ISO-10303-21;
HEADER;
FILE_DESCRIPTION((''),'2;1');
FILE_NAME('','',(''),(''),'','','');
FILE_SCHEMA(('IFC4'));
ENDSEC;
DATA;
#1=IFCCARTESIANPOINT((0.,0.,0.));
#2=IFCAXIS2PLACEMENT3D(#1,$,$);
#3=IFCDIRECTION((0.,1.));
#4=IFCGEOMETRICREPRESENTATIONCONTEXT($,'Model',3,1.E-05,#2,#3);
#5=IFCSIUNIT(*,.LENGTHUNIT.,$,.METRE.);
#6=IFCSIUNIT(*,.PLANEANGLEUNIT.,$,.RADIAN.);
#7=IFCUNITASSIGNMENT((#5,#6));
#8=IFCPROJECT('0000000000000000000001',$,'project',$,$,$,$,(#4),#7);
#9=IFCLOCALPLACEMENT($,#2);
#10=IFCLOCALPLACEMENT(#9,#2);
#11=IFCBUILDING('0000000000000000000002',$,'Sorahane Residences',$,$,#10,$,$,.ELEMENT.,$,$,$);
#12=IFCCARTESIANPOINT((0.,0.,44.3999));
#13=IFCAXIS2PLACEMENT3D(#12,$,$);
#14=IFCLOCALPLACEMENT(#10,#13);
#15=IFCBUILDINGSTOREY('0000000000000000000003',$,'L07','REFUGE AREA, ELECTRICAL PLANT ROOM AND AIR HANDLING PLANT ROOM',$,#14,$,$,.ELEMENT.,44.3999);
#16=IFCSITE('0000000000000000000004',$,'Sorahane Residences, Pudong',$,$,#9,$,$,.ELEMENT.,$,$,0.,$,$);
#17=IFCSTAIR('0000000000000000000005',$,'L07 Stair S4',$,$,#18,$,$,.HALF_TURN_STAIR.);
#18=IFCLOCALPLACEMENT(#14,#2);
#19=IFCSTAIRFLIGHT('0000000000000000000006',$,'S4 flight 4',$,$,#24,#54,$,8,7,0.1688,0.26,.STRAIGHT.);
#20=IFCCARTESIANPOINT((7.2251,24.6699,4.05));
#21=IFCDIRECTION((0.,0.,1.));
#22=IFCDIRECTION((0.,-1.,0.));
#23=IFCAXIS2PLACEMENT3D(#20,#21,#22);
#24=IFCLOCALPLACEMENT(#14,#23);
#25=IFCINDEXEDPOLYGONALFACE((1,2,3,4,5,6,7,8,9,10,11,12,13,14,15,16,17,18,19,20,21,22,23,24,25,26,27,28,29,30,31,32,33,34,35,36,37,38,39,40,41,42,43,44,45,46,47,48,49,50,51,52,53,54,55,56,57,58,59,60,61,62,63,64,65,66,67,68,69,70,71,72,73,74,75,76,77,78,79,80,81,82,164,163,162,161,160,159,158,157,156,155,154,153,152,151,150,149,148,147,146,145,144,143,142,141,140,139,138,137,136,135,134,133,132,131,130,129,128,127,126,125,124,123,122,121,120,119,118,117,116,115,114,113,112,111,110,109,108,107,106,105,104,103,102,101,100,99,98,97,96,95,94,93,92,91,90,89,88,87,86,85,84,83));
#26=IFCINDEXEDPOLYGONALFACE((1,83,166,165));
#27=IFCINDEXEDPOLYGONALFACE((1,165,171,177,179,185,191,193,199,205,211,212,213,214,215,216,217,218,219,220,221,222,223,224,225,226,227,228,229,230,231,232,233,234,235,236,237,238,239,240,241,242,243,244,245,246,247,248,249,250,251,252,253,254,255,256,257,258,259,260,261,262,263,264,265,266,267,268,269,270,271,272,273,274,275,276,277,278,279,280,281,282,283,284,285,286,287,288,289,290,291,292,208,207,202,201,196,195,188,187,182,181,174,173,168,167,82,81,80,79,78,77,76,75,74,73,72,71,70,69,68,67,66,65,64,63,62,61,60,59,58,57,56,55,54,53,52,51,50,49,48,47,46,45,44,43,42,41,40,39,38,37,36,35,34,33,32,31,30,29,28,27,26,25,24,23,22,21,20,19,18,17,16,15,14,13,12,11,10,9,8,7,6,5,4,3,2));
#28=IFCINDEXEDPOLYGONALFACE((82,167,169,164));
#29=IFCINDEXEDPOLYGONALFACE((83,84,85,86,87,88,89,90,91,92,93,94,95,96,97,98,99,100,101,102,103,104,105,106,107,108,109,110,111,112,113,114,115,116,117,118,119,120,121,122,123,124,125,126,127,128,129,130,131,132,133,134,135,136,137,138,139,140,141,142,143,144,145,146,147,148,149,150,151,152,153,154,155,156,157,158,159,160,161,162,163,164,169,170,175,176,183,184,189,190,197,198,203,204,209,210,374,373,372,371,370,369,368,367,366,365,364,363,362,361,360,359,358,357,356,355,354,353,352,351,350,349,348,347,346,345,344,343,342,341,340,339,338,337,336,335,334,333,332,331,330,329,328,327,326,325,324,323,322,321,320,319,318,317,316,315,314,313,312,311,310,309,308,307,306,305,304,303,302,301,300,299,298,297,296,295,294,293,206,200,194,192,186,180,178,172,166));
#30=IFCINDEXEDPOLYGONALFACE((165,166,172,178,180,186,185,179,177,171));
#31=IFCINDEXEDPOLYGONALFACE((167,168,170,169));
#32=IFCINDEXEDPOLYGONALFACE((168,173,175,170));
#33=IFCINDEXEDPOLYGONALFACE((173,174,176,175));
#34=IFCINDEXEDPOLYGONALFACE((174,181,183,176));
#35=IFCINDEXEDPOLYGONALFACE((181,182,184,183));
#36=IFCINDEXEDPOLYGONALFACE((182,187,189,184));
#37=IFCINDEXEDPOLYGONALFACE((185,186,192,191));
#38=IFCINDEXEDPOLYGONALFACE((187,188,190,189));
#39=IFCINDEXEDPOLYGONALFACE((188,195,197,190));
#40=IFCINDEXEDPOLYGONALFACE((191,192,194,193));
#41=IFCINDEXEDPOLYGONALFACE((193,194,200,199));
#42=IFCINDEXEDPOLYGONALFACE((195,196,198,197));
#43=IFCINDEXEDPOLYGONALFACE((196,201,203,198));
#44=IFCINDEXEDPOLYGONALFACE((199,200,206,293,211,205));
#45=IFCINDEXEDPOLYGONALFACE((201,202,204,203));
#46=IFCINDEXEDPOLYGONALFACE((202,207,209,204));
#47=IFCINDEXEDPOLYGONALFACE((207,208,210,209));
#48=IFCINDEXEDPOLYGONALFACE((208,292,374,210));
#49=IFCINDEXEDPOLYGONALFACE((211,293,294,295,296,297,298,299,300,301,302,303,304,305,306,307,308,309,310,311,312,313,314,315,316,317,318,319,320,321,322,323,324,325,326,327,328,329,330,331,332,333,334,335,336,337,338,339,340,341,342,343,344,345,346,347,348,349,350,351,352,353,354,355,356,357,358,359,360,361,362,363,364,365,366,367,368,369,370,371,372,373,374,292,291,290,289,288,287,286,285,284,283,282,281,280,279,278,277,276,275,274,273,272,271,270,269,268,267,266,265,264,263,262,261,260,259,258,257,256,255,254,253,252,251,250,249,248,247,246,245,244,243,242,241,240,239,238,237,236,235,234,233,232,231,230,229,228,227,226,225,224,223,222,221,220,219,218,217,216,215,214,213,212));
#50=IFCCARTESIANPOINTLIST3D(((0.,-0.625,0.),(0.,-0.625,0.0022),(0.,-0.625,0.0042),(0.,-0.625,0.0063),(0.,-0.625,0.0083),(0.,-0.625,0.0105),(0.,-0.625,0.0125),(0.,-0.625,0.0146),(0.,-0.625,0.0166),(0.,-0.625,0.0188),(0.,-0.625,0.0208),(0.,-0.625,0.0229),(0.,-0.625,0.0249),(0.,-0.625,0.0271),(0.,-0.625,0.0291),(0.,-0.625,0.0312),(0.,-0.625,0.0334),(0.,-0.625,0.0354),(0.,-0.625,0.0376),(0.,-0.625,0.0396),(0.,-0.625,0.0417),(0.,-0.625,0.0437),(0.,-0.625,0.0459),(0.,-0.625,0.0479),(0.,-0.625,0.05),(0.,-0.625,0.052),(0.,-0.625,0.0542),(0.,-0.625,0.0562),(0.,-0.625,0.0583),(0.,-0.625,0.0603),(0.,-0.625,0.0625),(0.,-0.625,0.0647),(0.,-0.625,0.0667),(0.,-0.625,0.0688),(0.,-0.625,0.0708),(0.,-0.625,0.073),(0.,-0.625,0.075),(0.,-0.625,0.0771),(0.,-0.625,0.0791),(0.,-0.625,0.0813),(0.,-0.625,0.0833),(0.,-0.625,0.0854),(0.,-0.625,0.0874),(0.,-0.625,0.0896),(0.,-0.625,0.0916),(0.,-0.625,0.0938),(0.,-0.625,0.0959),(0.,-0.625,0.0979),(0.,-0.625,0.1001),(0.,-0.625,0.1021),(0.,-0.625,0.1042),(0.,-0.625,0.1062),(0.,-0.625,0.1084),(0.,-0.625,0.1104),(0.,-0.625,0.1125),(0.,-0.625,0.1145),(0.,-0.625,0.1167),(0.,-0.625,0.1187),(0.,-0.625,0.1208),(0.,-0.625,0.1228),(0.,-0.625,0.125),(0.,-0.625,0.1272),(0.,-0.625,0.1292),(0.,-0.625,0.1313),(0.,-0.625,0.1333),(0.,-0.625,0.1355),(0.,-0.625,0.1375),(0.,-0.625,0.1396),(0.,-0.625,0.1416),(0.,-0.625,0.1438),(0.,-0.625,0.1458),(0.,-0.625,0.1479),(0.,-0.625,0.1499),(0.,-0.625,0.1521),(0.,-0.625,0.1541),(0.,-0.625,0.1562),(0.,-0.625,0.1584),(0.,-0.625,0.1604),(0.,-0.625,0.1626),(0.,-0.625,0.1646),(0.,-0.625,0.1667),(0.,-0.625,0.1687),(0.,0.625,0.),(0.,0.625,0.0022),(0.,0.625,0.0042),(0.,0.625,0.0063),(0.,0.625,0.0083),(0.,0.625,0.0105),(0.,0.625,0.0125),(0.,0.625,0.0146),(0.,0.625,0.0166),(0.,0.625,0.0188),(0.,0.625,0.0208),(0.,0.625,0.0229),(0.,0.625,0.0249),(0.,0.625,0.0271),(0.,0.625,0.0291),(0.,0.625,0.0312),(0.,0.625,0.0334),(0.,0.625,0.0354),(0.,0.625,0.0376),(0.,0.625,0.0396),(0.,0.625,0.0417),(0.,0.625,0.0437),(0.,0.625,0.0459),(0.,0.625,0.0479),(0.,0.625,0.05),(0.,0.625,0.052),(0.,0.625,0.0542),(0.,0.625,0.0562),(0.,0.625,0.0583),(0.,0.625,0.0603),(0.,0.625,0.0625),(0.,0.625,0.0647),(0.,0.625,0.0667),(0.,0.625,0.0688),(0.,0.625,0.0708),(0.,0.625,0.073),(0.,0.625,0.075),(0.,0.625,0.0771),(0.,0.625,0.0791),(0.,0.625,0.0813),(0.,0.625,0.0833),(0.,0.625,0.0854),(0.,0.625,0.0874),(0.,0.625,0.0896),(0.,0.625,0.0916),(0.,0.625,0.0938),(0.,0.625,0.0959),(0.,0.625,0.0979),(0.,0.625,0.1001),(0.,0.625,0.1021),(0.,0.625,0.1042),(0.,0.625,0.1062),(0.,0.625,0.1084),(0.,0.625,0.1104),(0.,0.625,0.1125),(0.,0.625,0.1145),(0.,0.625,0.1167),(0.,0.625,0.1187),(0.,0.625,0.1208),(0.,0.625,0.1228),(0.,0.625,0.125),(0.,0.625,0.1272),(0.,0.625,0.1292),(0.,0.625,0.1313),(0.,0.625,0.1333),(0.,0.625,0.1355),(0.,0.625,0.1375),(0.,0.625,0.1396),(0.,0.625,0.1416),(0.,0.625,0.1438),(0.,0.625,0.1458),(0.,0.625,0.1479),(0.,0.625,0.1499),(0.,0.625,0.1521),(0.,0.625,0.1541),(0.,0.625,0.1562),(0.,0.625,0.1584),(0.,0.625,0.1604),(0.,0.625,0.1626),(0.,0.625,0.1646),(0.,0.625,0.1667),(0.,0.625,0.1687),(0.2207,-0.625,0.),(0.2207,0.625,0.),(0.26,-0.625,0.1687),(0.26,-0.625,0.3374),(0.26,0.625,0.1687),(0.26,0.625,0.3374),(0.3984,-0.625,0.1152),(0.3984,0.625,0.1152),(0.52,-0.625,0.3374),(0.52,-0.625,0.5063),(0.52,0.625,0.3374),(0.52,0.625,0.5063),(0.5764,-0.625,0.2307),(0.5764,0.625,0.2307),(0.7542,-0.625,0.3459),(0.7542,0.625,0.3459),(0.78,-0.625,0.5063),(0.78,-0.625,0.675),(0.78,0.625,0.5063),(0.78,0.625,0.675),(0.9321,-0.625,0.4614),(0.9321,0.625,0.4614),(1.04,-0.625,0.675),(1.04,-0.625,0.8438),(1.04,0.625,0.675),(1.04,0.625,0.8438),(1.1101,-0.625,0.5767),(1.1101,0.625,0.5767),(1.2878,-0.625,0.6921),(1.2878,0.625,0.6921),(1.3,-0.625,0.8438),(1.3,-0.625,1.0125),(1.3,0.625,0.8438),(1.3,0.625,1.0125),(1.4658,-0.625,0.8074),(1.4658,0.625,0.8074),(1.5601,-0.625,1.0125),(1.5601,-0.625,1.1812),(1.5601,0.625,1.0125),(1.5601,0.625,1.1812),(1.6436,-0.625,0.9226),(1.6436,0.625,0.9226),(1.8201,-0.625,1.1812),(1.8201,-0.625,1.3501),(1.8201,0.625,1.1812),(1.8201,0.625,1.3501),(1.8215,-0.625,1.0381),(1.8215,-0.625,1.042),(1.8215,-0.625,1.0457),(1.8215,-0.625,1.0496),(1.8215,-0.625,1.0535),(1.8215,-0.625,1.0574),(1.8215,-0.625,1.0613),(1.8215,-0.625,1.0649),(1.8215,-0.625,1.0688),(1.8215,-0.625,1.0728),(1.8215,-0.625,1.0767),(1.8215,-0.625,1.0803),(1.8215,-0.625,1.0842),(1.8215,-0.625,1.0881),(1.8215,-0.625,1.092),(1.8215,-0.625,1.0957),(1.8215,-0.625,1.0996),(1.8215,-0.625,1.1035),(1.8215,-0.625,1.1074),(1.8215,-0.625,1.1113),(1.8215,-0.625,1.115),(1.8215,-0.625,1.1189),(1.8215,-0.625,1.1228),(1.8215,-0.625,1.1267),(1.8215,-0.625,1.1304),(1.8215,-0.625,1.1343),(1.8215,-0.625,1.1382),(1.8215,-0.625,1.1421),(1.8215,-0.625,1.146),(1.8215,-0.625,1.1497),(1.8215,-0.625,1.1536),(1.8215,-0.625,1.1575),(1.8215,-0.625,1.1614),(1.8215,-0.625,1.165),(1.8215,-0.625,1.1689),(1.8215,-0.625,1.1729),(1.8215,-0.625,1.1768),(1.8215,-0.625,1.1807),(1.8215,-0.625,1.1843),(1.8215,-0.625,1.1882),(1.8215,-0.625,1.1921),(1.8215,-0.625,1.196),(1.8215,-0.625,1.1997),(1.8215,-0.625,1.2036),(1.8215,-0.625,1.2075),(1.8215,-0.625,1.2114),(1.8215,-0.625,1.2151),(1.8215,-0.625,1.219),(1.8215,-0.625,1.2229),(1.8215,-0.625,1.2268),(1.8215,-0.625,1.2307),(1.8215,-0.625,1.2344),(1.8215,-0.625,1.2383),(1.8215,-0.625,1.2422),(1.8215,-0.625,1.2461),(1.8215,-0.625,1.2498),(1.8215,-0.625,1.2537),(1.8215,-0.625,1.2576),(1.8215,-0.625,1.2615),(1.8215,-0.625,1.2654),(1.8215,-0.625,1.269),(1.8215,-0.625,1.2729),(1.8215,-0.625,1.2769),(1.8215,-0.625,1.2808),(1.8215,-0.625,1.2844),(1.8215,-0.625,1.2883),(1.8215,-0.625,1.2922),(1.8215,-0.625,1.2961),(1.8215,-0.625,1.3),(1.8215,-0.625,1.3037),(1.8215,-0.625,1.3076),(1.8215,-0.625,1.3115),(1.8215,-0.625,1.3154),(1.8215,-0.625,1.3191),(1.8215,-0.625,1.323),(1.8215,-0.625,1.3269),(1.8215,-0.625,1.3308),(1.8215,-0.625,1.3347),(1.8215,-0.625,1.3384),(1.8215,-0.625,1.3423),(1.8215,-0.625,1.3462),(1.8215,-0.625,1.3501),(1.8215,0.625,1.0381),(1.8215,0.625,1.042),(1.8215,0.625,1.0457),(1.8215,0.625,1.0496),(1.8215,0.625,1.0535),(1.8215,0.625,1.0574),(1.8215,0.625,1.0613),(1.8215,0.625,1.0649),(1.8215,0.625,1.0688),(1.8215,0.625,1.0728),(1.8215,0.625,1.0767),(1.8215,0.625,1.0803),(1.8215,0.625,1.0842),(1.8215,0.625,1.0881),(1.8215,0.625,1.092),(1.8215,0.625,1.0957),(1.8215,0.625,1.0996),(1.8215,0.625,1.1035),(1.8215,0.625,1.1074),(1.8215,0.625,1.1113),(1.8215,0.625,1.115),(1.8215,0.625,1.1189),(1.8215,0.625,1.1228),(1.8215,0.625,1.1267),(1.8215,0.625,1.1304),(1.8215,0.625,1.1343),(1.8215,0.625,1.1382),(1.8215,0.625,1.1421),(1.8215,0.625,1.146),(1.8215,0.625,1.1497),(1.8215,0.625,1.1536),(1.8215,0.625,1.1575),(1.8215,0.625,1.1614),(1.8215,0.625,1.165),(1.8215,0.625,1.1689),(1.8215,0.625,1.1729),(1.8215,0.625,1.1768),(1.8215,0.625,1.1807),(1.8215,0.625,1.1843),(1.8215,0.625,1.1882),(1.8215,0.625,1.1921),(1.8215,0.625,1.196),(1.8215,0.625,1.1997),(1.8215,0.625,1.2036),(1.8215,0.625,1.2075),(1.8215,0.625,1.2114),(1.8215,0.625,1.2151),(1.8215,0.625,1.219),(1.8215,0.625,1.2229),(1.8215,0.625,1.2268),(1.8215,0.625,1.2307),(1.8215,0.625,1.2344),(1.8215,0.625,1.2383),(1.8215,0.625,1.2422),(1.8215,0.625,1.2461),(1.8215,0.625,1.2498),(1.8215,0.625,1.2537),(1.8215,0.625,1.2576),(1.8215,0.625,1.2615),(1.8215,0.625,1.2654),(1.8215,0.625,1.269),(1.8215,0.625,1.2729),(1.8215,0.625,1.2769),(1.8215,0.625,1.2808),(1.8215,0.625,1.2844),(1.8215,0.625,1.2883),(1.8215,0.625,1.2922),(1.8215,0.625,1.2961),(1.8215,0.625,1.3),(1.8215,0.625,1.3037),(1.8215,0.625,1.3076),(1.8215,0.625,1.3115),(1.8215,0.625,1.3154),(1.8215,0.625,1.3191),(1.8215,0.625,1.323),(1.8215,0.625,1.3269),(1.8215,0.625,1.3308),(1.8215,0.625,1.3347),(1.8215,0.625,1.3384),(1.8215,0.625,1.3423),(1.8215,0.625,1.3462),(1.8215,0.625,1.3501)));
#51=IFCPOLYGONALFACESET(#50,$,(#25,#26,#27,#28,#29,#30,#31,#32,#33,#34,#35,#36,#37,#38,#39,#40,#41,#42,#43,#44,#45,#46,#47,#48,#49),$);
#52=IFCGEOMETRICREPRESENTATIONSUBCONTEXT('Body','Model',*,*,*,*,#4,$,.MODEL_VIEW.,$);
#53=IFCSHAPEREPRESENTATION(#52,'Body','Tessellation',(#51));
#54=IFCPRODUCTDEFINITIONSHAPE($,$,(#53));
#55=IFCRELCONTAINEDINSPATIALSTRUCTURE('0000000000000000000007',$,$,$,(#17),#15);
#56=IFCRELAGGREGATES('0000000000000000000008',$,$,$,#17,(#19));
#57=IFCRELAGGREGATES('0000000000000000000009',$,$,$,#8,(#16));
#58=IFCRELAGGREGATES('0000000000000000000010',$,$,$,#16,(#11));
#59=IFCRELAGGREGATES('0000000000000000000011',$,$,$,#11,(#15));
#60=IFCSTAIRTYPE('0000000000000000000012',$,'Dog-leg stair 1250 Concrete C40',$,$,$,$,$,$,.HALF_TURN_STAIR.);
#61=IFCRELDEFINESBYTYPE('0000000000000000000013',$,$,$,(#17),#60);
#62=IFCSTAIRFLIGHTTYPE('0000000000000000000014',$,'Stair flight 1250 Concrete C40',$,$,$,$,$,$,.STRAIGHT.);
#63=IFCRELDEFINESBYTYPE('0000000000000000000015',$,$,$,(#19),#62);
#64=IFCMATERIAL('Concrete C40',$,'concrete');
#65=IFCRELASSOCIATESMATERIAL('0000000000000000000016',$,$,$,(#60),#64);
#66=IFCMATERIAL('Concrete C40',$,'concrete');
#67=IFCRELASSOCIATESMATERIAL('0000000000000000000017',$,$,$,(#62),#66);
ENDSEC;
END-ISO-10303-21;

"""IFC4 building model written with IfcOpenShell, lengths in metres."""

from ifc_helpers import new_model, si_unit, direction, frame, origin, place, context, subcontext, project, spatial, polyline, outline, extrude, material, type_object, element, aggregate, save


model = new_model("IFC4")

# Units and contexts
model_context = context("Model", 3, precision=1e-05, world=origin(), true_north=direction((0.0, 1.0)))
body_context = subcontext(model_context, "Body", "Model", "MODEL_VIEW")
ifc_project = project(units=[si_unit("LENGTHUNIT", "METRE"), si_unit("PLANEANGLEUNIT", "RADIAN")], contexts=[model_context])

# Site, building, storey
site_placement = place(None, origin())
site = spatial("IfcSite", under=ifc_project, at=site_placement, Name="Sorahane Residences, Pudong", CompositionType="ELEMENT", RefElevation=0.0)
building_placement = place(site_placement, origin())
building = spatial("IfcBuilding", under=site, at=building_placement, Name="Sorahane Residences", CompositionType="ELEMENT")
storey_placement = place(building_placement, frame((0.0, 0.0, 44.3999)))
storey = spatial("IfcBuildingStorey", under=building, at=storey_placement, Name="L07", Description="REFUGE AREA, ELECTRICAL PLANT ROOM AND AIR HANDLING PLANT ROOM", CompositionType="ELEMENT", Elevation=44.3999)

# Stair, stair flight
ifc_material_1 = material(Name="Concrete C40", Category="concrete")
stair_type = type_object("IfcStairType", Name="Dog-leg stair 1250 Concrete C40", PredefinedType="HALF_TURN_STAIR", material=ifc_material_1)
stair_placement = place(storey_placement, origin())
stair = element("IfcStair", 1, at=stair_placement, inside=storey, type_object=stair_type, Name="L07 Stair S4", PredefinedType="HALF_TURN_STAIR")
ifc_material_2 = material(Name="Concrete C40", Category="concrete")
stair_flight_type = type_object("IfcStairFlightType", Name="Stair flight 1250 Concrete C40", PredefinedType="STRAIGHT", material=ifc_material_2)
stair_flight_1_placement = place(storey_placement, frame((7.2251, 24.6699, 4.05), z_axis=(0.0, 0.0, 1.0), x_axis=(0.0, -1.0, 0.0)))
stair_flight_1 = element("IfcStairFlight", 2, at=stair_flight_1_placement, type_object=stair_flight_type, Name="S4 flight 4", NumberOfRisers=8, NumberOfTreads=7, PredefinedType="STRAIGHT", RiserHeight=0.1688, TreadLength=0.26, context=body_context, shape_type="SweptSolid", body=[
    extrude(outline(polyline([(0.0, 0.0), (0.0, 0.0022), (0.0, 0.0042), (0.0, 0.0063), (0.0, 0.0083), (0.0, 0.0105), (0.0, 0.0125), (0.0, 0.0146), (0.0, 0.0166), (0.0, 0.0188), (0.0, 0.0208), (0.0, 0.0229), (0.0, 0.0249), (0.0, 0.0271), (0.0, 0.0291), (0.0, 0.0312), (0.0, 0.0334), (0.0, 0.0354), (0.0, 0.0376), (0.0, 0.0396), (0.0, 0.0417), (0.0, 0.0437), (0.0, 0.0459), (0.0, 0.0479), (0.0, 0.05), (0.0, 0.052), (0.0, 0.0542), (0.0, 0.0562), (0.0, 0.0583), (0.0, 0.0603), (0.0, 0.0625), (0.0, 0.0647), (0.0, 0.0667), (0.0, 0.0688), (0.0, 0.0708), (0.0, 0.073), (0.0, 0.075), (0.0, 0.0771), (0.0, 0.0791), (0.0, 0.0813), (0.0, 0.0833), (0.0, 0.0854), (0.0, 0.0874), (0.0, 0.0896), (0.0, 0.0916), (0.0, 0.0938), (0.0, 0.0959), (0.0, 0.0979), (0.0, 0.1001), (0.0, 0.1021), (0.0, 0.1042), (0.0, 0.1062), (0.0, 0.1084), (0.0, 0.1104), (0.0, 0.1125), (0.0, 0.1145), (0.0, 0.1167), (0.0, 0.1187), (0.0, 0.1208), (0.0, 0.1228), (0.0, 0.125), (0.0, 0.1272), (0.0, 0.1292), (0.0, 0.1313), (0.0, 0.1333), (0.0, 0.1355), (0.0, 0.1375), (0.0, 0.1396), (0.0, 0.1416), (0.0, 0.1438), (0.0, 0.1458), (0.0, 0.1479), (0.0, 0.1499), (0.0, 0.1521), (0.0, 0.1541), (0.0, 0.1562), (0.0, 0.1584), (0.0, 0.1604), (0.0, 0.1626), (0.0, 0.1646), (0.0, 0.1667), (0.0, 0.1687), (0.26, 0.1687), (0.26, 0.3374), (0.52, 0.3374), (0.52, 0.5063), (0.78, 0.5063), (0.78, 0.675), (1.04, 0.675), (1.04, 0.8438), (1.3, 0.8438), (1.3, 1.0125), (1.5601, 1.0125), (1.5601, 1.1812), (1.8201, 1.1812), (1.8201, 1.3501), (1.8215, 1.3501), (1.8215, 1.3462), (1.8215, 1.3423), (1.8215, 1.3384), (1.8215, 1.3347), (1.8215, 1.3308), (1.8215, 1.3269), (1.8215, 1.323), (1.8215, 1.3191), (1.8215, 1.3154), (1.8215, 1.3115), (1.8215, 1.3076), (1.8215, 1.3037), (1.8215, 1.3), (1.8215, 1.2961), (1.8215, 1.2922), (1.8215, 1.2883), (1.8215, 1.2844), (1.8215, 1.2808), (1.8215, 1.2769), (1.8215, 1.2729), (1.8215, 1.269), (1.8215, 1.2654), (1.8215, 1.2615), (1.8215, 1.2576), (1.8215, 1.2537), (1.8215, 1.2498), (1.8215, 1.2461), (1.8215, 1.2422), (1.8215, 1.2383), (1.8215, 1.2344), (1.8215, 1.2307), (1.8215, 1.2268), (1.8215, 1.2229), (1.8215, 1.219), (1.8215, 1.2151), (1.8215, 1.2114), (1.8215, 1.2075), (1.8215, 1.2036), (1.8215, 1.1997), (1.8215, 1.196), (1.8215, 1.1921), (1.8215, 1.1882), (1.8215, 1.1843), (1.8215, 1.1807), (1.8215, 1.1768), (1.8215, 1.1729), (1.8215, 1.1689), (1.8215, 1.165), (1.8215, 1.1614), (1.8215, 1.1575), (1.8215, 1.1536), (1.8215, 1.1497), (1.8215, 1.146), (1.8215, 1.1421), (1.8215, 1.1382), (1.8215, 1.1343), (1.8215, 1.1304), (1.8215, 1.1267), (1.8215, 1.1228), (1.8215, 1.1189), (1.8215, 1.115), (1.8215, 1.1113), (1.8215, 1.1074), (1.8215, 1.1035), (1.8215, 1.0996), (1.8215, 1.0957), (1.8215, 1.092), (1.8215, 1.0881), (1.8215, 1.0842), (1.8215, 1.0803), (1.8215, 1.0767), (1.8215, 1.0728), (1.8215, 1.0688), (1.8215, 1.0649), (1.8215, 1.0613), (1.8215, 1.0574), (1.8215, 1.0535), (1.8215, 1.0496), (1.8215, 1.0457), (1.8215, 1.042), (1.8215, 1.0381), (1.6436, 0.9226), (1.4658, 0.8074), (1.2878, 0.6921), (1.1101, 0.5767), (0.9321, 0.4614), (0.7542, 0.3459), (0.5764, 0.2307), (0.3984, 0.1152), (0.2207, 0.0), (0.0, 0.0)])), frame((0.0, 0.625, 0.0), z_axis=(0.0, -1.0, 0.0), x_axis=(1.0, 0.0, 0.0)), (0.0, 0.0, 1.0), 1.25),
])
aggregate(stair, [stair_flight_1])

save(model, "model.ifc")
